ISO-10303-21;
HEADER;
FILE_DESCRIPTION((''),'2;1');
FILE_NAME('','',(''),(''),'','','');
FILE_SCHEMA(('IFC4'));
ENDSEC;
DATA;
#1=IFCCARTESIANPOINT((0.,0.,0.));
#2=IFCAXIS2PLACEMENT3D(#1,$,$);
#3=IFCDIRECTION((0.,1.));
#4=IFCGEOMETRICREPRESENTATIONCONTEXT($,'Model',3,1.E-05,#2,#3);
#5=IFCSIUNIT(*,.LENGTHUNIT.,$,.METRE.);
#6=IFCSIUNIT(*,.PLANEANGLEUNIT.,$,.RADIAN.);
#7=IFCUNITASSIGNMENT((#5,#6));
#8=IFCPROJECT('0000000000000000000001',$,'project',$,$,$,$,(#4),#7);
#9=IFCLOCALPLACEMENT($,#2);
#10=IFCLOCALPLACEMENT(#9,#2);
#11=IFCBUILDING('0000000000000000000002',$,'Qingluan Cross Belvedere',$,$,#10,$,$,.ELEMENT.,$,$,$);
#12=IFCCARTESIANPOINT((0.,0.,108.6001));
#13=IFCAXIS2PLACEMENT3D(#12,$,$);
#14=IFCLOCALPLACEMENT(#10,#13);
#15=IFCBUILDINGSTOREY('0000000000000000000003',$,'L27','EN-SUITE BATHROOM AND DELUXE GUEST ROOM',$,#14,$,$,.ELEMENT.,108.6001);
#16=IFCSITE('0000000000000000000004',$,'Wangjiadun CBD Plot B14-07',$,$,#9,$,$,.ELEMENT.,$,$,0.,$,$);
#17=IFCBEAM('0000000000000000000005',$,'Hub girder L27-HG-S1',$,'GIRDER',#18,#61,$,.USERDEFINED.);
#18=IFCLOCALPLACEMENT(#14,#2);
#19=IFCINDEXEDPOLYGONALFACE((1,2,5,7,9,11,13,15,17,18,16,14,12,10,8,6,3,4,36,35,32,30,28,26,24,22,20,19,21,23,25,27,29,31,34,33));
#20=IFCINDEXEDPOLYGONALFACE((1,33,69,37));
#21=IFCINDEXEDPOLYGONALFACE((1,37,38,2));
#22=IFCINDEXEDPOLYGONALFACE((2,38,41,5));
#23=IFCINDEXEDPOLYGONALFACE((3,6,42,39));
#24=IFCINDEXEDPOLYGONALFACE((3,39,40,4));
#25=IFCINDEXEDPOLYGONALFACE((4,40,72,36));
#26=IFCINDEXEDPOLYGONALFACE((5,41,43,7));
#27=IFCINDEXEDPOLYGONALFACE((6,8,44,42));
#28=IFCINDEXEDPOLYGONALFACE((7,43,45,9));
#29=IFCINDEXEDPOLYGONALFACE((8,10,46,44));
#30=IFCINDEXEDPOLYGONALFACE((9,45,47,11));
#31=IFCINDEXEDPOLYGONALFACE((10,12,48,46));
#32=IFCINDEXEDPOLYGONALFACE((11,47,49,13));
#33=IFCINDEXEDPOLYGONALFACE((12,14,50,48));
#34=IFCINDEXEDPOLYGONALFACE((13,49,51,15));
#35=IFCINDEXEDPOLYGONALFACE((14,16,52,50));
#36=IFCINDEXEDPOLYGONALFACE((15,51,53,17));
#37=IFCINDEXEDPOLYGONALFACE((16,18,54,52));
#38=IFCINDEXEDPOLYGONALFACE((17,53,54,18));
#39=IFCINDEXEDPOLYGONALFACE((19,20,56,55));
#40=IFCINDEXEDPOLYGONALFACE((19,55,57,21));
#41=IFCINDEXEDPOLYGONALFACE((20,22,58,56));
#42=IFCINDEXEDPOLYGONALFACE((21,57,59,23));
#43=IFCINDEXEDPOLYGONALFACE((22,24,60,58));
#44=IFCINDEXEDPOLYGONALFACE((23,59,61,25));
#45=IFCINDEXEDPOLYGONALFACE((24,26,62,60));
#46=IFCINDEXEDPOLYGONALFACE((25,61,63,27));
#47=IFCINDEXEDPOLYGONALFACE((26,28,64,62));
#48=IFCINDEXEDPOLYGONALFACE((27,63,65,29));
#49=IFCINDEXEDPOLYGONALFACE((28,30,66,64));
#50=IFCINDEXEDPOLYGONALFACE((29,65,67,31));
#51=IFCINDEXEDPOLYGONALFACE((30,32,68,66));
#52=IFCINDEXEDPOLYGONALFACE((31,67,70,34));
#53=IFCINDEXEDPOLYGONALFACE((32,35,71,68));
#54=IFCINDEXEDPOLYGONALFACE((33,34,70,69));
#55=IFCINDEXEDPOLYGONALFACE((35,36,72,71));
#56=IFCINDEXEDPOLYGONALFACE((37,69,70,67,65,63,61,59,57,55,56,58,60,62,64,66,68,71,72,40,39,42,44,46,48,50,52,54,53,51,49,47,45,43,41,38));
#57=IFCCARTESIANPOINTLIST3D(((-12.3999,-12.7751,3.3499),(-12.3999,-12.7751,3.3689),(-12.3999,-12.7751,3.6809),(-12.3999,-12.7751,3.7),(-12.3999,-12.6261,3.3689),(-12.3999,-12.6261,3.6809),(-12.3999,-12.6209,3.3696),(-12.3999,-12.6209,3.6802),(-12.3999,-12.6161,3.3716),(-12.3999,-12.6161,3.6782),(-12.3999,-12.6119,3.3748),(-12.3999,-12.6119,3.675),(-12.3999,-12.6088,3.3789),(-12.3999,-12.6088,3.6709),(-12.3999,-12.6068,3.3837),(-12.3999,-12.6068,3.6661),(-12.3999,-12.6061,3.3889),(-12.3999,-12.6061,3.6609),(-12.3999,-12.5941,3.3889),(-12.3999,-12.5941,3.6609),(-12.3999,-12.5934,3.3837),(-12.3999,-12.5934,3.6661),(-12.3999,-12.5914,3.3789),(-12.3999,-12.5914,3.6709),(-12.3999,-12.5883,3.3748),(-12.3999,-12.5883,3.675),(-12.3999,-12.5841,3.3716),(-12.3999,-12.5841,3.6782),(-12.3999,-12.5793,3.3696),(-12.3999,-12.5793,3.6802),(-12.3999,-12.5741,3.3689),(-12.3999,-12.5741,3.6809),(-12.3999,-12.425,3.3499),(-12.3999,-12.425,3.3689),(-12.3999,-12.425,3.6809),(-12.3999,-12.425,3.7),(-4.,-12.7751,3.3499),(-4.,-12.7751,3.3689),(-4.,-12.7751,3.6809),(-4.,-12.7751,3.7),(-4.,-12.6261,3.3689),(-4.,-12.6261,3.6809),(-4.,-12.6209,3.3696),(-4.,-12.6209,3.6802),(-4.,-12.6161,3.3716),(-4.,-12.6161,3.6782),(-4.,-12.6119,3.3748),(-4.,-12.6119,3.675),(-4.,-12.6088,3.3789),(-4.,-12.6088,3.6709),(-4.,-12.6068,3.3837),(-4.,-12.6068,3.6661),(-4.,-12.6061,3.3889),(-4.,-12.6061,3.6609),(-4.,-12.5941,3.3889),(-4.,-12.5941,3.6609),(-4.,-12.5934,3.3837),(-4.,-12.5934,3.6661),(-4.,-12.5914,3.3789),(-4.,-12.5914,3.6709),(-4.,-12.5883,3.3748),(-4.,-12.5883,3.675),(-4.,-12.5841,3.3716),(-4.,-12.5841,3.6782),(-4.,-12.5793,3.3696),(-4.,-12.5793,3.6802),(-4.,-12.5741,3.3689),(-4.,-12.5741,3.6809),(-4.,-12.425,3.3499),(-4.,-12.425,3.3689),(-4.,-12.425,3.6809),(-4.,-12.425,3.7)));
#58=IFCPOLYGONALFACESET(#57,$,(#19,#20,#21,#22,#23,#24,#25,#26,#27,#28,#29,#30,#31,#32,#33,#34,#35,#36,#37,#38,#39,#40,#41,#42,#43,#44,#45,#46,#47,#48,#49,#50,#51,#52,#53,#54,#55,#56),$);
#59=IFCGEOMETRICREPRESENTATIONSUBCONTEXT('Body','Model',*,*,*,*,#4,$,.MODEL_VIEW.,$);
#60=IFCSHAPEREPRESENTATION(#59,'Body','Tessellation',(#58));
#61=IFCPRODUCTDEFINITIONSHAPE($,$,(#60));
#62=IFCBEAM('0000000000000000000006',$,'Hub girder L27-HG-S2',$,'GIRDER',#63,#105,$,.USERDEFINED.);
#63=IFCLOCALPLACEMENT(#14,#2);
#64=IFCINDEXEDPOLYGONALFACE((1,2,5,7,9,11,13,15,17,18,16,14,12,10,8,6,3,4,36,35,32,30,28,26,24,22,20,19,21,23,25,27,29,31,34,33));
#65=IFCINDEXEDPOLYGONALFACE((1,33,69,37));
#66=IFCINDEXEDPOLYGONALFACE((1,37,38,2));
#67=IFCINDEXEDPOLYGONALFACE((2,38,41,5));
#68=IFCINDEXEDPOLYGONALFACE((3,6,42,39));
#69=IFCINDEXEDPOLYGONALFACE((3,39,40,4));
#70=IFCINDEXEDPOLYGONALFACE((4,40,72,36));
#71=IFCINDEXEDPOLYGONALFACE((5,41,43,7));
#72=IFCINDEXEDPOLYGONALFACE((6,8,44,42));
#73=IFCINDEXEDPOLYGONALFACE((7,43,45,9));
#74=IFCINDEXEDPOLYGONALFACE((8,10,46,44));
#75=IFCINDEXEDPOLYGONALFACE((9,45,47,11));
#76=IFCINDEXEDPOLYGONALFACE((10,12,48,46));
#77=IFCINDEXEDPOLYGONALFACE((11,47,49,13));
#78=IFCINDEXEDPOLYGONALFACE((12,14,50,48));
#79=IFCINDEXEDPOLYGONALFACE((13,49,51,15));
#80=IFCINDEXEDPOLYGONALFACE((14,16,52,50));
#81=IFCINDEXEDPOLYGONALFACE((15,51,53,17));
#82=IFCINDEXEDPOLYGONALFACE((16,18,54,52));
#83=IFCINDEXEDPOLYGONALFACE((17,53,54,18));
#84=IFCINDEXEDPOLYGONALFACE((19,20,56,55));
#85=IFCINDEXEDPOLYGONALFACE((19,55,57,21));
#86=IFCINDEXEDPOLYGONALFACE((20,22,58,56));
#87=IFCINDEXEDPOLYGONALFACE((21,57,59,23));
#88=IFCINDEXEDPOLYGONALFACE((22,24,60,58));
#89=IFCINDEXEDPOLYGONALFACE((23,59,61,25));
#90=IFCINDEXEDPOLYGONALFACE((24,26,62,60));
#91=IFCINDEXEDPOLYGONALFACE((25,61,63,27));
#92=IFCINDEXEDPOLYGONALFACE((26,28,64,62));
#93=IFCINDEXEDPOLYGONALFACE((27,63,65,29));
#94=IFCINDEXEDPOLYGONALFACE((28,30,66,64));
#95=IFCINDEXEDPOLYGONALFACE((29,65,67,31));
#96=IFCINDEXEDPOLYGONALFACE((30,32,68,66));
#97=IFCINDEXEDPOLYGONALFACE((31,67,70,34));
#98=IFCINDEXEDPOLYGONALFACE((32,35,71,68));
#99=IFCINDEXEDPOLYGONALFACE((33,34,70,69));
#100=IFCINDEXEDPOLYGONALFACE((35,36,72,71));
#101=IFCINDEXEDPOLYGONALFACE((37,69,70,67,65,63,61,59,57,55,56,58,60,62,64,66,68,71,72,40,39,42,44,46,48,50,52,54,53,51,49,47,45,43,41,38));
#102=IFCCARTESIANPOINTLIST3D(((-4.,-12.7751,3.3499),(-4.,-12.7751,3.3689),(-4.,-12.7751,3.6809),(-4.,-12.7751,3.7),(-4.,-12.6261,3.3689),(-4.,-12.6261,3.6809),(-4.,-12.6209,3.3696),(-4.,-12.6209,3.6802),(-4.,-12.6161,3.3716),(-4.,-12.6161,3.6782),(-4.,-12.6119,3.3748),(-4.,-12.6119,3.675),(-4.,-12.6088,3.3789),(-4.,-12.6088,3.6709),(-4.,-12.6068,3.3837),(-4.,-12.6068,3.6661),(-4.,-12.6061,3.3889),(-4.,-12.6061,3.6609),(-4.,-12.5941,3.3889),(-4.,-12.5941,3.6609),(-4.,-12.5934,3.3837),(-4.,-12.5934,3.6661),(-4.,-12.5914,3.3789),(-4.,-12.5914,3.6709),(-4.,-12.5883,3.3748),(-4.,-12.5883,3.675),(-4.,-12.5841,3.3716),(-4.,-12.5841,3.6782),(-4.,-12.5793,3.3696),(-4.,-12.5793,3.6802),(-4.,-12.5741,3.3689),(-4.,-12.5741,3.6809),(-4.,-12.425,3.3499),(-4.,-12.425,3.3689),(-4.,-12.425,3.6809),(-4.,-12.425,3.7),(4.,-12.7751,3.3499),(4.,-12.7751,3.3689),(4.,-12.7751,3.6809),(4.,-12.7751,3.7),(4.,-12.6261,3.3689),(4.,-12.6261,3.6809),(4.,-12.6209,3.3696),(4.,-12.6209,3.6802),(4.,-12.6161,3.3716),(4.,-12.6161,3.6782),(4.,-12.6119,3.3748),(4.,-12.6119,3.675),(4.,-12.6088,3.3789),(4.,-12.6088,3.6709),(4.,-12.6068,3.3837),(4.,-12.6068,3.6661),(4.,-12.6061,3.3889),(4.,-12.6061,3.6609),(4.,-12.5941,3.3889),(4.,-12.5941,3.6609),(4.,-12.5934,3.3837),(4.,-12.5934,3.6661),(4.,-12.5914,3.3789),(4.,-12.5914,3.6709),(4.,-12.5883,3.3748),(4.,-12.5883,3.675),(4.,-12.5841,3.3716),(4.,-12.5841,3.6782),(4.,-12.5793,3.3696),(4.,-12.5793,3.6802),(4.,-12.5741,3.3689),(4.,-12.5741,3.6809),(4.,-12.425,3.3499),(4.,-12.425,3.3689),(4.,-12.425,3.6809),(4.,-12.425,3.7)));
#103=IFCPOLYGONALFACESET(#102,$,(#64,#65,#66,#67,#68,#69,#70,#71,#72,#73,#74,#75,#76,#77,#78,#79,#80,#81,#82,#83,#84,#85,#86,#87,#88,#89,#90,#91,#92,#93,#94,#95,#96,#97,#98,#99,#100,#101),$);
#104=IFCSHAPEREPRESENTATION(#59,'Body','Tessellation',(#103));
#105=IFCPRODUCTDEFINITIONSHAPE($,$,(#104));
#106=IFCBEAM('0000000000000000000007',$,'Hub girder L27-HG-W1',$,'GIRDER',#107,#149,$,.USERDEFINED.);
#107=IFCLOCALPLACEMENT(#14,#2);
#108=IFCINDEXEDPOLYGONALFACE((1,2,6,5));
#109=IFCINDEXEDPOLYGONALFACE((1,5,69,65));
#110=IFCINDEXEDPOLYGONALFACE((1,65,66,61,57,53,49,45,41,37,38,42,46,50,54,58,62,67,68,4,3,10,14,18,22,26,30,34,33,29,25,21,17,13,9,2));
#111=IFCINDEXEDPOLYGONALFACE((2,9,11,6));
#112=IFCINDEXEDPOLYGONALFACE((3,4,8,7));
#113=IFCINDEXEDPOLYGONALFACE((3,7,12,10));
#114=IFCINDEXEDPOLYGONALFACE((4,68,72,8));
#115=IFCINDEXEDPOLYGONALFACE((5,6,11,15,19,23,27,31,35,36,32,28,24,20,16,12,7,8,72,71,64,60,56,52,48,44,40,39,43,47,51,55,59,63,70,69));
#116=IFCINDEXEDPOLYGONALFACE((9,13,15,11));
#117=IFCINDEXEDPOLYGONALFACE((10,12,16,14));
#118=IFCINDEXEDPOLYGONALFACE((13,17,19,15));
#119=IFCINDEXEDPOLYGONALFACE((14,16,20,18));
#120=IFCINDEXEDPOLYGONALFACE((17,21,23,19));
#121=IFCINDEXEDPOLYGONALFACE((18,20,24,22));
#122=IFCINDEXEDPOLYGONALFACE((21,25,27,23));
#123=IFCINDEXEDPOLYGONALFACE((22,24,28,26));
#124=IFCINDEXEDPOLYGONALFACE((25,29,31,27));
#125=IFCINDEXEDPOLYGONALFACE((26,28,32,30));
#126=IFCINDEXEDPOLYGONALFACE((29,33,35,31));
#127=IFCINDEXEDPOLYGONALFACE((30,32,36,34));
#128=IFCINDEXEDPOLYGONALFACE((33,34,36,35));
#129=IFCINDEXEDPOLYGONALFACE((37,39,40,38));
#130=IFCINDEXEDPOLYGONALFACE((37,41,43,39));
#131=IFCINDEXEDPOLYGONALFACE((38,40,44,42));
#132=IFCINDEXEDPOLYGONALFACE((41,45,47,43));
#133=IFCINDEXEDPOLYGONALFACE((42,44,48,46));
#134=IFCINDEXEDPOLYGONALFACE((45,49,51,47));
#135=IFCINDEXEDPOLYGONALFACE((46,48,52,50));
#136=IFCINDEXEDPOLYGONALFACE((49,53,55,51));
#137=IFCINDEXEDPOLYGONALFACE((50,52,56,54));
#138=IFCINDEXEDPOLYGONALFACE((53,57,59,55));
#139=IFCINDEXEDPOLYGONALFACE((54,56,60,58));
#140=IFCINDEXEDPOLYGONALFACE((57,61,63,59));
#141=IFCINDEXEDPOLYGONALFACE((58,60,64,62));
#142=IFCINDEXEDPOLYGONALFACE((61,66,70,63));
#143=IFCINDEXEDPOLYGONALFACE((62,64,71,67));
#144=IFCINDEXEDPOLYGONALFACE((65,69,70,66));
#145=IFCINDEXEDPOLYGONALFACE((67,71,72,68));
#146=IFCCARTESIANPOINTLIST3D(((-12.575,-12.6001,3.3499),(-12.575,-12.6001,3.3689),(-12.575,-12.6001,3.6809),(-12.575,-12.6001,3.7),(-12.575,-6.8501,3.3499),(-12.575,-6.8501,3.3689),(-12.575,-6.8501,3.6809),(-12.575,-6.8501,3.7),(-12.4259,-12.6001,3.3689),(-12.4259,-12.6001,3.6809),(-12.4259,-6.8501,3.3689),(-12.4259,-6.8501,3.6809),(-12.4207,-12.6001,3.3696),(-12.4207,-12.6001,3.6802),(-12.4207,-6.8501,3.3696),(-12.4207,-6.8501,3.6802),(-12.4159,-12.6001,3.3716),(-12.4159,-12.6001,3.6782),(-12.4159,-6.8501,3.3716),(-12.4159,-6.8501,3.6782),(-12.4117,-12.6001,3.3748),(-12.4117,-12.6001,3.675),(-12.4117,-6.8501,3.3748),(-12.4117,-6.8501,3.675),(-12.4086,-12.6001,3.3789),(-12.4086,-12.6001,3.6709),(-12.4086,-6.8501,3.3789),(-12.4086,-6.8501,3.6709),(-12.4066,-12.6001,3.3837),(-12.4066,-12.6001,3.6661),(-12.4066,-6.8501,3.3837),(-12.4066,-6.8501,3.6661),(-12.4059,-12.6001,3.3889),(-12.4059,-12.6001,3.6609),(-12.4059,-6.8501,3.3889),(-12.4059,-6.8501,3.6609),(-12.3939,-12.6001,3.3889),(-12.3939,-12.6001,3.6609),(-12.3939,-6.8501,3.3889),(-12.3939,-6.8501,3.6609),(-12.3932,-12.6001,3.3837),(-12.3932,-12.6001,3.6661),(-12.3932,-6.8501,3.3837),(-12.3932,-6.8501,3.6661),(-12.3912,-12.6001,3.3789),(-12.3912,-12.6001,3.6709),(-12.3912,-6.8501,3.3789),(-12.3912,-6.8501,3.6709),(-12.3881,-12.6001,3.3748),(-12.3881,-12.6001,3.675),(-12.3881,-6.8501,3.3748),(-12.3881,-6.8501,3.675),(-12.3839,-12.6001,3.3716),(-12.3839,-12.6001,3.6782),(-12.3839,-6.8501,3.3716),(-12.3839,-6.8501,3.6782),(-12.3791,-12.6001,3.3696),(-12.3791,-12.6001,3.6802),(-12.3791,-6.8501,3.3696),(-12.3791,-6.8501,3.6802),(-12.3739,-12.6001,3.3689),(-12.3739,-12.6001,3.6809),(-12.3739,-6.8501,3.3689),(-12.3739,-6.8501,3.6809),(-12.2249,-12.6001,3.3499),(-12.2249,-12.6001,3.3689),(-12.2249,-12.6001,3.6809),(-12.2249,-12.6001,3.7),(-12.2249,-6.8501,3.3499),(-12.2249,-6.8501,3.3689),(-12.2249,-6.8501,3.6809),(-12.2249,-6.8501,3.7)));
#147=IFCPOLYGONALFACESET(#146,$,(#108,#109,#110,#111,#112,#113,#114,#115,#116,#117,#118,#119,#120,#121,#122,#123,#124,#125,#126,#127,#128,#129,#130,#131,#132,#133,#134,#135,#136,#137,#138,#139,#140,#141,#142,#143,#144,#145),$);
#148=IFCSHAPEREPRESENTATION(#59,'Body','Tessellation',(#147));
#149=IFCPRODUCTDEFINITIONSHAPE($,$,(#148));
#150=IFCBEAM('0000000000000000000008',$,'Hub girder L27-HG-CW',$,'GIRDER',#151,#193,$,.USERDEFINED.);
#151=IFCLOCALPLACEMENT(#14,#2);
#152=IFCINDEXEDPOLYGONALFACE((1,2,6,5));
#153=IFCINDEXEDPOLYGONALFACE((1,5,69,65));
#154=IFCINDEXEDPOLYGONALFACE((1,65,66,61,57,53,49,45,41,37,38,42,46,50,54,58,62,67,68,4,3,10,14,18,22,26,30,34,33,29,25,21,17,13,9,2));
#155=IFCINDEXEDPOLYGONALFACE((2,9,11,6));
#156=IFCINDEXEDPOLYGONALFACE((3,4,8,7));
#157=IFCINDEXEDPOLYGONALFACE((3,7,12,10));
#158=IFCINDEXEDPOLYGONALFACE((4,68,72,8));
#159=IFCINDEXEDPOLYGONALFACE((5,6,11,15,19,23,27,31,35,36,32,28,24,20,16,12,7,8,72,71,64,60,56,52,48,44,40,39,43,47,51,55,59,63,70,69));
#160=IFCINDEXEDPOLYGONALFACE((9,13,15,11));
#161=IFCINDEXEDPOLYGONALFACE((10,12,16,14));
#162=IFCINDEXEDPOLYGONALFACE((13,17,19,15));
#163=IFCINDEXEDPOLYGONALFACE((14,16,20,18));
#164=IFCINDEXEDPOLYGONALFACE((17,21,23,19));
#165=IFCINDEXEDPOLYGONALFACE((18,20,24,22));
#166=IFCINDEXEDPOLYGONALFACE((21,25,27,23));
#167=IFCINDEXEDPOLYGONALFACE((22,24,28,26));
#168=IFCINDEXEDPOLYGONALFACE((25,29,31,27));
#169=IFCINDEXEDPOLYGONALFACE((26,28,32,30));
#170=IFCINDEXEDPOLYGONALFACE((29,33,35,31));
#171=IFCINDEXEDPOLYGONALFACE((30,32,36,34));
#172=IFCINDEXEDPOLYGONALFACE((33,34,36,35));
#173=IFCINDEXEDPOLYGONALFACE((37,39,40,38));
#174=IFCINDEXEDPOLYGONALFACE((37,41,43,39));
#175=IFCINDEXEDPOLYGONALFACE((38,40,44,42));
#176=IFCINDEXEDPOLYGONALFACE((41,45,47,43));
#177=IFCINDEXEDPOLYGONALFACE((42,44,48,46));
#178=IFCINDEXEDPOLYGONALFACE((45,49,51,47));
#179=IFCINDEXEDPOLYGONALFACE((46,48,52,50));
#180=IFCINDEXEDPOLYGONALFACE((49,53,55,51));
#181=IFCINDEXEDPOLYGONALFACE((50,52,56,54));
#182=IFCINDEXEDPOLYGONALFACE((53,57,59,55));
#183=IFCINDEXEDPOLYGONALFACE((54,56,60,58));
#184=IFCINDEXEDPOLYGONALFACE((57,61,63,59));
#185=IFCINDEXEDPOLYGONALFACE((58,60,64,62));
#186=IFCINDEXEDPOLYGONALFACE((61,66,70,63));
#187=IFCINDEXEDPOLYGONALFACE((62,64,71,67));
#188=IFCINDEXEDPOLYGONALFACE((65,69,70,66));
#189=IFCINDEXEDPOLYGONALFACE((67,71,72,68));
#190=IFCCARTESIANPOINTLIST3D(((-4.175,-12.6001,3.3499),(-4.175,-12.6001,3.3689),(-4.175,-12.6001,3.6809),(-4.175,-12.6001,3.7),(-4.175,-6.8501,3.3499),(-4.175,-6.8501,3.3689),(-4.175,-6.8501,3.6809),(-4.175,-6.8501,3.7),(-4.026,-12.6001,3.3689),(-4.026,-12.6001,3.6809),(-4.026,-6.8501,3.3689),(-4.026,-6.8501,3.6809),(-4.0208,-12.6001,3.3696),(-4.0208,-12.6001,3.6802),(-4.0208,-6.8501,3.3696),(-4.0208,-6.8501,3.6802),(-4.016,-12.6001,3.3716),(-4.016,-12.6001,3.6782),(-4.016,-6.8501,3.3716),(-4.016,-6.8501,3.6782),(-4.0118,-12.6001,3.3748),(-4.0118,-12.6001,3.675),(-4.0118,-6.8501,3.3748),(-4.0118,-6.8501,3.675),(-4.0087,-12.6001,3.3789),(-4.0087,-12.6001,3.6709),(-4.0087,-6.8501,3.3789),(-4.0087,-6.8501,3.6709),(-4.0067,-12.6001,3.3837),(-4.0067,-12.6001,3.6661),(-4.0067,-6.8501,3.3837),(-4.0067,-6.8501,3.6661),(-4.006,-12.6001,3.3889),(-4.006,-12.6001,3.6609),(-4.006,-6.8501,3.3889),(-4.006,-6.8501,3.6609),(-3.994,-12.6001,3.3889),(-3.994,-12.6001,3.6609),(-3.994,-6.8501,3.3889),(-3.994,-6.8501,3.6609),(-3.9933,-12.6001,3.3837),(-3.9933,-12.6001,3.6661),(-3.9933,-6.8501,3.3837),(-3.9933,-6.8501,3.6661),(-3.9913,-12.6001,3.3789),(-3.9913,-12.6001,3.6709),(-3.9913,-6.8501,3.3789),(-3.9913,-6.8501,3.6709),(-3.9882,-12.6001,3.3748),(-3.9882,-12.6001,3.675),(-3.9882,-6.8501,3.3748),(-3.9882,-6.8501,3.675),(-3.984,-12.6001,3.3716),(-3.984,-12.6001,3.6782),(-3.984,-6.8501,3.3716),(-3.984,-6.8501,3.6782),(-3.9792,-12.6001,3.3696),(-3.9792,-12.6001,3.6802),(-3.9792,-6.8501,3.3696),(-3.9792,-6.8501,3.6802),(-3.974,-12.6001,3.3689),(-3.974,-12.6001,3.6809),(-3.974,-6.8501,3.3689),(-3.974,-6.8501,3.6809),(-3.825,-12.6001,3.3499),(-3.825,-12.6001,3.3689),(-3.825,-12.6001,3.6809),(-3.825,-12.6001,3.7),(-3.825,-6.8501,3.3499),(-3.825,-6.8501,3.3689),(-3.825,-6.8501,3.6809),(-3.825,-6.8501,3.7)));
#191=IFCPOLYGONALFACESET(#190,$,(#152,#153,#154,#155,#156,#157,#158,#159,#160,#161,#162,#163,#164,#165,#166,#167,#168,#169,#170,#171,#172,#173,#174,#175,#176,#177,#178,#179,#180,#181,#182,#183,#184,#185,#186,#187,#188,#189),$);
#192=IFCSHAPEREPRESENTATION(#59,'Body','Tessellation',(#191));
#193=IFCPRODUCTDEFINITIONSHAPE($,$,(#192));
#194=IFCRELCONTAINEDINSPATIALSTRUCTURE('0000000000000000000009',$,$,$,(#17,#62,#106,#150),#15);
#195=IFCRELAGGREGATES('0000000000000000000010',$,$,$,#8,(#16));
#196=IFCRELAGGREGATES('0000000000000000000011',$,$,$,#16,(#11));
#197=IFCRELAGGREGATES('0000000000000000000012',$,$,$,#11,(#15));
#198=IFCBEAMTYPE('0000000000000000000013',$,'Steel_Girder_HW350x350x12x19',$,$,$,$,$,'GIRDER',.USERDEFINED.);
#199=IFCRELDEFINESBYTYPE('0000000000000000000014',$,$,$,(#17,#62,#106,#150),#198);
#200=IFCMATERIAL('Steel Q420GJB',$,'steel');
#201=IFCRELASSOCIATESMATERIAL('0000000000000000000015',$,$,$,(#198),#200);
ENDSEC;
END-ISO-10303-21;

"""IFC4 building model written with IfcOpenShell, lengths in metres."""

from ifc_helpers import new_model, si_unit, direction, frame, origin, origin_2d, place, context, subcontext, project, spatial, i_section, extrude, material, material_profile, profile_set, type_object, element, save


model = new_model("IFC4")

# Units and contexts
model_context = context("Model", 3, precision=1e-05, world=origin(), true_north=direction((0.0, 1.0)))
body_context = subcontext(model_context, "Body", "Model", "MODEL_VIEW")
ifc_project = project(units=[si_unit("LENGTHUNIT", "METRE"), si_unit("PLANEANGLEUNIT", "RADIAN")], contexts=[model_context])

# Site, building, storey
site_placement = place(None, origin())
site = spatial("IfcSite", under=ifc_project, at=site_placement, Name="Wangjiadun CBD Plot B14-07", CompositionType="ELEMENT", RefElevation=0.0)
building_placement = place(site_placement, origin())
building = spatial("IfcBuilding", under=site, at=building_placement, Name="Qingluan Cross Belvedere", CompositionType="ELEMENT")
storey_placement = place(building_placement, frame((0.0, 0.0, 108.6001)))
storey = spatial("IfcBuildingStorey", under=building, at=storey_placement, Name="L27", Description="EN-SUITE BATHROOM AND DELUXE GUEST ROOM", CompositionType="ELEMENT", Elevation=108.6001)

# Beams
ifc_material_1 = material(Name="Steel Q420GJB", Category="steel")
ifc_material_profile_1 = material_profile(ifc_material_1, i_section(OverallWidth=0.3501, OverallDepth=0.3501, WebThickness=0.012, FlangeThickness=0.019, FilletRadius=0.02, at=origin_2d()), Name="HW350x350x12x19")
ifc_profile_set_1 = profile_set([ifc_material_profile_1], Name="Steel Q420GJB")
beam_type_1 = type_object("IfcBeamType", Name="Steel_Girder_HW350x350x12x19", ElementType="GIRDER", PredefinedType="USERDEFINED", material=ifc_profile_set_1)
beam_1_placement = place(storey_placement, frame((-12.3999, -12.6001, 3.5249), z_axis=(1.0, 0.0, 0.0), x_axis=(0.0, 1.0, 0.0)))
element("IfcBeam", 1, at=beam_1_placement, inside=storey, type_object=beam_type_1, Name="Hub girder L27-HG-S1", ObjectType="GIRDER", PredefinedType="USERDEFINED", context=body_context, shape_type="SweptSolid", body=[
    extrude(i_section(OverallWidth=0.3501, OverallDepth=0.3501, WebThickness=0.012, FlangeThickness=0.019, FilletRadius=0.02, at=origin_2d()), origin(), (0.0, 0.0, 1.0), 8.3999),
])
beam_2_placement = place(storey_placement, frame((-4.0, -12.6001, 3.5249), z_axis=(1.0, 0.0, 0.0), x_axis=(0.0, 1.0, 0.0)))
element("IfcBeam", 2, at=beam_2_placement, inside=storey, type_object=beam_type_1, Name="Hub girder L27-HG-S2", ObjectType="GIRDER", PredefinedType="USERDEFINED", context=body_context, shape_type="SweptSolid", body=[
    extrude(i_section(OverallWidth=0.3501, OverallDepth=0.3501, WebThickness=0.012, FlangeThickness=0.019, FilletRadius=0.02, at=origin_2d()), origin(), (0.0, 0.0, 1.0), 8.0),
])
for number, where, z_axis, x_axis, name in (
    (3, (-12.3999, -12.6001, 3.5249), (0.0, 1.0, 0.0), (-1.0, 0.0, 0.0), "Hub girder L27-HG-W1"),
    (4, (-4.0, -12.6001, 3.5249), (0.0, 1.0, 0.0), (-1.0, 0.0, 0.0), "Hub girder L27-HG-CW"),
):
    element("IfcBeam", number, at=place(storey_placement, frame(where, z_axis=z_axis, x_axis=x_axis)), inside=storey, type_object=beam_type_1, Name=name, ObjectType="GIRDER", PredefinedType="USERDEFINED", context=body_context, shape_type="SweptSolid", body=[
        extrude(i_section(OverallWidth=0.3501, OverallDepth=0.3501, WebThickness=0.012, FlangeThickness=0.019, FilletRadius=0.02, at=origin_2d()), origin(), (0.0, 0.0, 1.0), 5.75),
    ])

save(model, "model.ifc")
